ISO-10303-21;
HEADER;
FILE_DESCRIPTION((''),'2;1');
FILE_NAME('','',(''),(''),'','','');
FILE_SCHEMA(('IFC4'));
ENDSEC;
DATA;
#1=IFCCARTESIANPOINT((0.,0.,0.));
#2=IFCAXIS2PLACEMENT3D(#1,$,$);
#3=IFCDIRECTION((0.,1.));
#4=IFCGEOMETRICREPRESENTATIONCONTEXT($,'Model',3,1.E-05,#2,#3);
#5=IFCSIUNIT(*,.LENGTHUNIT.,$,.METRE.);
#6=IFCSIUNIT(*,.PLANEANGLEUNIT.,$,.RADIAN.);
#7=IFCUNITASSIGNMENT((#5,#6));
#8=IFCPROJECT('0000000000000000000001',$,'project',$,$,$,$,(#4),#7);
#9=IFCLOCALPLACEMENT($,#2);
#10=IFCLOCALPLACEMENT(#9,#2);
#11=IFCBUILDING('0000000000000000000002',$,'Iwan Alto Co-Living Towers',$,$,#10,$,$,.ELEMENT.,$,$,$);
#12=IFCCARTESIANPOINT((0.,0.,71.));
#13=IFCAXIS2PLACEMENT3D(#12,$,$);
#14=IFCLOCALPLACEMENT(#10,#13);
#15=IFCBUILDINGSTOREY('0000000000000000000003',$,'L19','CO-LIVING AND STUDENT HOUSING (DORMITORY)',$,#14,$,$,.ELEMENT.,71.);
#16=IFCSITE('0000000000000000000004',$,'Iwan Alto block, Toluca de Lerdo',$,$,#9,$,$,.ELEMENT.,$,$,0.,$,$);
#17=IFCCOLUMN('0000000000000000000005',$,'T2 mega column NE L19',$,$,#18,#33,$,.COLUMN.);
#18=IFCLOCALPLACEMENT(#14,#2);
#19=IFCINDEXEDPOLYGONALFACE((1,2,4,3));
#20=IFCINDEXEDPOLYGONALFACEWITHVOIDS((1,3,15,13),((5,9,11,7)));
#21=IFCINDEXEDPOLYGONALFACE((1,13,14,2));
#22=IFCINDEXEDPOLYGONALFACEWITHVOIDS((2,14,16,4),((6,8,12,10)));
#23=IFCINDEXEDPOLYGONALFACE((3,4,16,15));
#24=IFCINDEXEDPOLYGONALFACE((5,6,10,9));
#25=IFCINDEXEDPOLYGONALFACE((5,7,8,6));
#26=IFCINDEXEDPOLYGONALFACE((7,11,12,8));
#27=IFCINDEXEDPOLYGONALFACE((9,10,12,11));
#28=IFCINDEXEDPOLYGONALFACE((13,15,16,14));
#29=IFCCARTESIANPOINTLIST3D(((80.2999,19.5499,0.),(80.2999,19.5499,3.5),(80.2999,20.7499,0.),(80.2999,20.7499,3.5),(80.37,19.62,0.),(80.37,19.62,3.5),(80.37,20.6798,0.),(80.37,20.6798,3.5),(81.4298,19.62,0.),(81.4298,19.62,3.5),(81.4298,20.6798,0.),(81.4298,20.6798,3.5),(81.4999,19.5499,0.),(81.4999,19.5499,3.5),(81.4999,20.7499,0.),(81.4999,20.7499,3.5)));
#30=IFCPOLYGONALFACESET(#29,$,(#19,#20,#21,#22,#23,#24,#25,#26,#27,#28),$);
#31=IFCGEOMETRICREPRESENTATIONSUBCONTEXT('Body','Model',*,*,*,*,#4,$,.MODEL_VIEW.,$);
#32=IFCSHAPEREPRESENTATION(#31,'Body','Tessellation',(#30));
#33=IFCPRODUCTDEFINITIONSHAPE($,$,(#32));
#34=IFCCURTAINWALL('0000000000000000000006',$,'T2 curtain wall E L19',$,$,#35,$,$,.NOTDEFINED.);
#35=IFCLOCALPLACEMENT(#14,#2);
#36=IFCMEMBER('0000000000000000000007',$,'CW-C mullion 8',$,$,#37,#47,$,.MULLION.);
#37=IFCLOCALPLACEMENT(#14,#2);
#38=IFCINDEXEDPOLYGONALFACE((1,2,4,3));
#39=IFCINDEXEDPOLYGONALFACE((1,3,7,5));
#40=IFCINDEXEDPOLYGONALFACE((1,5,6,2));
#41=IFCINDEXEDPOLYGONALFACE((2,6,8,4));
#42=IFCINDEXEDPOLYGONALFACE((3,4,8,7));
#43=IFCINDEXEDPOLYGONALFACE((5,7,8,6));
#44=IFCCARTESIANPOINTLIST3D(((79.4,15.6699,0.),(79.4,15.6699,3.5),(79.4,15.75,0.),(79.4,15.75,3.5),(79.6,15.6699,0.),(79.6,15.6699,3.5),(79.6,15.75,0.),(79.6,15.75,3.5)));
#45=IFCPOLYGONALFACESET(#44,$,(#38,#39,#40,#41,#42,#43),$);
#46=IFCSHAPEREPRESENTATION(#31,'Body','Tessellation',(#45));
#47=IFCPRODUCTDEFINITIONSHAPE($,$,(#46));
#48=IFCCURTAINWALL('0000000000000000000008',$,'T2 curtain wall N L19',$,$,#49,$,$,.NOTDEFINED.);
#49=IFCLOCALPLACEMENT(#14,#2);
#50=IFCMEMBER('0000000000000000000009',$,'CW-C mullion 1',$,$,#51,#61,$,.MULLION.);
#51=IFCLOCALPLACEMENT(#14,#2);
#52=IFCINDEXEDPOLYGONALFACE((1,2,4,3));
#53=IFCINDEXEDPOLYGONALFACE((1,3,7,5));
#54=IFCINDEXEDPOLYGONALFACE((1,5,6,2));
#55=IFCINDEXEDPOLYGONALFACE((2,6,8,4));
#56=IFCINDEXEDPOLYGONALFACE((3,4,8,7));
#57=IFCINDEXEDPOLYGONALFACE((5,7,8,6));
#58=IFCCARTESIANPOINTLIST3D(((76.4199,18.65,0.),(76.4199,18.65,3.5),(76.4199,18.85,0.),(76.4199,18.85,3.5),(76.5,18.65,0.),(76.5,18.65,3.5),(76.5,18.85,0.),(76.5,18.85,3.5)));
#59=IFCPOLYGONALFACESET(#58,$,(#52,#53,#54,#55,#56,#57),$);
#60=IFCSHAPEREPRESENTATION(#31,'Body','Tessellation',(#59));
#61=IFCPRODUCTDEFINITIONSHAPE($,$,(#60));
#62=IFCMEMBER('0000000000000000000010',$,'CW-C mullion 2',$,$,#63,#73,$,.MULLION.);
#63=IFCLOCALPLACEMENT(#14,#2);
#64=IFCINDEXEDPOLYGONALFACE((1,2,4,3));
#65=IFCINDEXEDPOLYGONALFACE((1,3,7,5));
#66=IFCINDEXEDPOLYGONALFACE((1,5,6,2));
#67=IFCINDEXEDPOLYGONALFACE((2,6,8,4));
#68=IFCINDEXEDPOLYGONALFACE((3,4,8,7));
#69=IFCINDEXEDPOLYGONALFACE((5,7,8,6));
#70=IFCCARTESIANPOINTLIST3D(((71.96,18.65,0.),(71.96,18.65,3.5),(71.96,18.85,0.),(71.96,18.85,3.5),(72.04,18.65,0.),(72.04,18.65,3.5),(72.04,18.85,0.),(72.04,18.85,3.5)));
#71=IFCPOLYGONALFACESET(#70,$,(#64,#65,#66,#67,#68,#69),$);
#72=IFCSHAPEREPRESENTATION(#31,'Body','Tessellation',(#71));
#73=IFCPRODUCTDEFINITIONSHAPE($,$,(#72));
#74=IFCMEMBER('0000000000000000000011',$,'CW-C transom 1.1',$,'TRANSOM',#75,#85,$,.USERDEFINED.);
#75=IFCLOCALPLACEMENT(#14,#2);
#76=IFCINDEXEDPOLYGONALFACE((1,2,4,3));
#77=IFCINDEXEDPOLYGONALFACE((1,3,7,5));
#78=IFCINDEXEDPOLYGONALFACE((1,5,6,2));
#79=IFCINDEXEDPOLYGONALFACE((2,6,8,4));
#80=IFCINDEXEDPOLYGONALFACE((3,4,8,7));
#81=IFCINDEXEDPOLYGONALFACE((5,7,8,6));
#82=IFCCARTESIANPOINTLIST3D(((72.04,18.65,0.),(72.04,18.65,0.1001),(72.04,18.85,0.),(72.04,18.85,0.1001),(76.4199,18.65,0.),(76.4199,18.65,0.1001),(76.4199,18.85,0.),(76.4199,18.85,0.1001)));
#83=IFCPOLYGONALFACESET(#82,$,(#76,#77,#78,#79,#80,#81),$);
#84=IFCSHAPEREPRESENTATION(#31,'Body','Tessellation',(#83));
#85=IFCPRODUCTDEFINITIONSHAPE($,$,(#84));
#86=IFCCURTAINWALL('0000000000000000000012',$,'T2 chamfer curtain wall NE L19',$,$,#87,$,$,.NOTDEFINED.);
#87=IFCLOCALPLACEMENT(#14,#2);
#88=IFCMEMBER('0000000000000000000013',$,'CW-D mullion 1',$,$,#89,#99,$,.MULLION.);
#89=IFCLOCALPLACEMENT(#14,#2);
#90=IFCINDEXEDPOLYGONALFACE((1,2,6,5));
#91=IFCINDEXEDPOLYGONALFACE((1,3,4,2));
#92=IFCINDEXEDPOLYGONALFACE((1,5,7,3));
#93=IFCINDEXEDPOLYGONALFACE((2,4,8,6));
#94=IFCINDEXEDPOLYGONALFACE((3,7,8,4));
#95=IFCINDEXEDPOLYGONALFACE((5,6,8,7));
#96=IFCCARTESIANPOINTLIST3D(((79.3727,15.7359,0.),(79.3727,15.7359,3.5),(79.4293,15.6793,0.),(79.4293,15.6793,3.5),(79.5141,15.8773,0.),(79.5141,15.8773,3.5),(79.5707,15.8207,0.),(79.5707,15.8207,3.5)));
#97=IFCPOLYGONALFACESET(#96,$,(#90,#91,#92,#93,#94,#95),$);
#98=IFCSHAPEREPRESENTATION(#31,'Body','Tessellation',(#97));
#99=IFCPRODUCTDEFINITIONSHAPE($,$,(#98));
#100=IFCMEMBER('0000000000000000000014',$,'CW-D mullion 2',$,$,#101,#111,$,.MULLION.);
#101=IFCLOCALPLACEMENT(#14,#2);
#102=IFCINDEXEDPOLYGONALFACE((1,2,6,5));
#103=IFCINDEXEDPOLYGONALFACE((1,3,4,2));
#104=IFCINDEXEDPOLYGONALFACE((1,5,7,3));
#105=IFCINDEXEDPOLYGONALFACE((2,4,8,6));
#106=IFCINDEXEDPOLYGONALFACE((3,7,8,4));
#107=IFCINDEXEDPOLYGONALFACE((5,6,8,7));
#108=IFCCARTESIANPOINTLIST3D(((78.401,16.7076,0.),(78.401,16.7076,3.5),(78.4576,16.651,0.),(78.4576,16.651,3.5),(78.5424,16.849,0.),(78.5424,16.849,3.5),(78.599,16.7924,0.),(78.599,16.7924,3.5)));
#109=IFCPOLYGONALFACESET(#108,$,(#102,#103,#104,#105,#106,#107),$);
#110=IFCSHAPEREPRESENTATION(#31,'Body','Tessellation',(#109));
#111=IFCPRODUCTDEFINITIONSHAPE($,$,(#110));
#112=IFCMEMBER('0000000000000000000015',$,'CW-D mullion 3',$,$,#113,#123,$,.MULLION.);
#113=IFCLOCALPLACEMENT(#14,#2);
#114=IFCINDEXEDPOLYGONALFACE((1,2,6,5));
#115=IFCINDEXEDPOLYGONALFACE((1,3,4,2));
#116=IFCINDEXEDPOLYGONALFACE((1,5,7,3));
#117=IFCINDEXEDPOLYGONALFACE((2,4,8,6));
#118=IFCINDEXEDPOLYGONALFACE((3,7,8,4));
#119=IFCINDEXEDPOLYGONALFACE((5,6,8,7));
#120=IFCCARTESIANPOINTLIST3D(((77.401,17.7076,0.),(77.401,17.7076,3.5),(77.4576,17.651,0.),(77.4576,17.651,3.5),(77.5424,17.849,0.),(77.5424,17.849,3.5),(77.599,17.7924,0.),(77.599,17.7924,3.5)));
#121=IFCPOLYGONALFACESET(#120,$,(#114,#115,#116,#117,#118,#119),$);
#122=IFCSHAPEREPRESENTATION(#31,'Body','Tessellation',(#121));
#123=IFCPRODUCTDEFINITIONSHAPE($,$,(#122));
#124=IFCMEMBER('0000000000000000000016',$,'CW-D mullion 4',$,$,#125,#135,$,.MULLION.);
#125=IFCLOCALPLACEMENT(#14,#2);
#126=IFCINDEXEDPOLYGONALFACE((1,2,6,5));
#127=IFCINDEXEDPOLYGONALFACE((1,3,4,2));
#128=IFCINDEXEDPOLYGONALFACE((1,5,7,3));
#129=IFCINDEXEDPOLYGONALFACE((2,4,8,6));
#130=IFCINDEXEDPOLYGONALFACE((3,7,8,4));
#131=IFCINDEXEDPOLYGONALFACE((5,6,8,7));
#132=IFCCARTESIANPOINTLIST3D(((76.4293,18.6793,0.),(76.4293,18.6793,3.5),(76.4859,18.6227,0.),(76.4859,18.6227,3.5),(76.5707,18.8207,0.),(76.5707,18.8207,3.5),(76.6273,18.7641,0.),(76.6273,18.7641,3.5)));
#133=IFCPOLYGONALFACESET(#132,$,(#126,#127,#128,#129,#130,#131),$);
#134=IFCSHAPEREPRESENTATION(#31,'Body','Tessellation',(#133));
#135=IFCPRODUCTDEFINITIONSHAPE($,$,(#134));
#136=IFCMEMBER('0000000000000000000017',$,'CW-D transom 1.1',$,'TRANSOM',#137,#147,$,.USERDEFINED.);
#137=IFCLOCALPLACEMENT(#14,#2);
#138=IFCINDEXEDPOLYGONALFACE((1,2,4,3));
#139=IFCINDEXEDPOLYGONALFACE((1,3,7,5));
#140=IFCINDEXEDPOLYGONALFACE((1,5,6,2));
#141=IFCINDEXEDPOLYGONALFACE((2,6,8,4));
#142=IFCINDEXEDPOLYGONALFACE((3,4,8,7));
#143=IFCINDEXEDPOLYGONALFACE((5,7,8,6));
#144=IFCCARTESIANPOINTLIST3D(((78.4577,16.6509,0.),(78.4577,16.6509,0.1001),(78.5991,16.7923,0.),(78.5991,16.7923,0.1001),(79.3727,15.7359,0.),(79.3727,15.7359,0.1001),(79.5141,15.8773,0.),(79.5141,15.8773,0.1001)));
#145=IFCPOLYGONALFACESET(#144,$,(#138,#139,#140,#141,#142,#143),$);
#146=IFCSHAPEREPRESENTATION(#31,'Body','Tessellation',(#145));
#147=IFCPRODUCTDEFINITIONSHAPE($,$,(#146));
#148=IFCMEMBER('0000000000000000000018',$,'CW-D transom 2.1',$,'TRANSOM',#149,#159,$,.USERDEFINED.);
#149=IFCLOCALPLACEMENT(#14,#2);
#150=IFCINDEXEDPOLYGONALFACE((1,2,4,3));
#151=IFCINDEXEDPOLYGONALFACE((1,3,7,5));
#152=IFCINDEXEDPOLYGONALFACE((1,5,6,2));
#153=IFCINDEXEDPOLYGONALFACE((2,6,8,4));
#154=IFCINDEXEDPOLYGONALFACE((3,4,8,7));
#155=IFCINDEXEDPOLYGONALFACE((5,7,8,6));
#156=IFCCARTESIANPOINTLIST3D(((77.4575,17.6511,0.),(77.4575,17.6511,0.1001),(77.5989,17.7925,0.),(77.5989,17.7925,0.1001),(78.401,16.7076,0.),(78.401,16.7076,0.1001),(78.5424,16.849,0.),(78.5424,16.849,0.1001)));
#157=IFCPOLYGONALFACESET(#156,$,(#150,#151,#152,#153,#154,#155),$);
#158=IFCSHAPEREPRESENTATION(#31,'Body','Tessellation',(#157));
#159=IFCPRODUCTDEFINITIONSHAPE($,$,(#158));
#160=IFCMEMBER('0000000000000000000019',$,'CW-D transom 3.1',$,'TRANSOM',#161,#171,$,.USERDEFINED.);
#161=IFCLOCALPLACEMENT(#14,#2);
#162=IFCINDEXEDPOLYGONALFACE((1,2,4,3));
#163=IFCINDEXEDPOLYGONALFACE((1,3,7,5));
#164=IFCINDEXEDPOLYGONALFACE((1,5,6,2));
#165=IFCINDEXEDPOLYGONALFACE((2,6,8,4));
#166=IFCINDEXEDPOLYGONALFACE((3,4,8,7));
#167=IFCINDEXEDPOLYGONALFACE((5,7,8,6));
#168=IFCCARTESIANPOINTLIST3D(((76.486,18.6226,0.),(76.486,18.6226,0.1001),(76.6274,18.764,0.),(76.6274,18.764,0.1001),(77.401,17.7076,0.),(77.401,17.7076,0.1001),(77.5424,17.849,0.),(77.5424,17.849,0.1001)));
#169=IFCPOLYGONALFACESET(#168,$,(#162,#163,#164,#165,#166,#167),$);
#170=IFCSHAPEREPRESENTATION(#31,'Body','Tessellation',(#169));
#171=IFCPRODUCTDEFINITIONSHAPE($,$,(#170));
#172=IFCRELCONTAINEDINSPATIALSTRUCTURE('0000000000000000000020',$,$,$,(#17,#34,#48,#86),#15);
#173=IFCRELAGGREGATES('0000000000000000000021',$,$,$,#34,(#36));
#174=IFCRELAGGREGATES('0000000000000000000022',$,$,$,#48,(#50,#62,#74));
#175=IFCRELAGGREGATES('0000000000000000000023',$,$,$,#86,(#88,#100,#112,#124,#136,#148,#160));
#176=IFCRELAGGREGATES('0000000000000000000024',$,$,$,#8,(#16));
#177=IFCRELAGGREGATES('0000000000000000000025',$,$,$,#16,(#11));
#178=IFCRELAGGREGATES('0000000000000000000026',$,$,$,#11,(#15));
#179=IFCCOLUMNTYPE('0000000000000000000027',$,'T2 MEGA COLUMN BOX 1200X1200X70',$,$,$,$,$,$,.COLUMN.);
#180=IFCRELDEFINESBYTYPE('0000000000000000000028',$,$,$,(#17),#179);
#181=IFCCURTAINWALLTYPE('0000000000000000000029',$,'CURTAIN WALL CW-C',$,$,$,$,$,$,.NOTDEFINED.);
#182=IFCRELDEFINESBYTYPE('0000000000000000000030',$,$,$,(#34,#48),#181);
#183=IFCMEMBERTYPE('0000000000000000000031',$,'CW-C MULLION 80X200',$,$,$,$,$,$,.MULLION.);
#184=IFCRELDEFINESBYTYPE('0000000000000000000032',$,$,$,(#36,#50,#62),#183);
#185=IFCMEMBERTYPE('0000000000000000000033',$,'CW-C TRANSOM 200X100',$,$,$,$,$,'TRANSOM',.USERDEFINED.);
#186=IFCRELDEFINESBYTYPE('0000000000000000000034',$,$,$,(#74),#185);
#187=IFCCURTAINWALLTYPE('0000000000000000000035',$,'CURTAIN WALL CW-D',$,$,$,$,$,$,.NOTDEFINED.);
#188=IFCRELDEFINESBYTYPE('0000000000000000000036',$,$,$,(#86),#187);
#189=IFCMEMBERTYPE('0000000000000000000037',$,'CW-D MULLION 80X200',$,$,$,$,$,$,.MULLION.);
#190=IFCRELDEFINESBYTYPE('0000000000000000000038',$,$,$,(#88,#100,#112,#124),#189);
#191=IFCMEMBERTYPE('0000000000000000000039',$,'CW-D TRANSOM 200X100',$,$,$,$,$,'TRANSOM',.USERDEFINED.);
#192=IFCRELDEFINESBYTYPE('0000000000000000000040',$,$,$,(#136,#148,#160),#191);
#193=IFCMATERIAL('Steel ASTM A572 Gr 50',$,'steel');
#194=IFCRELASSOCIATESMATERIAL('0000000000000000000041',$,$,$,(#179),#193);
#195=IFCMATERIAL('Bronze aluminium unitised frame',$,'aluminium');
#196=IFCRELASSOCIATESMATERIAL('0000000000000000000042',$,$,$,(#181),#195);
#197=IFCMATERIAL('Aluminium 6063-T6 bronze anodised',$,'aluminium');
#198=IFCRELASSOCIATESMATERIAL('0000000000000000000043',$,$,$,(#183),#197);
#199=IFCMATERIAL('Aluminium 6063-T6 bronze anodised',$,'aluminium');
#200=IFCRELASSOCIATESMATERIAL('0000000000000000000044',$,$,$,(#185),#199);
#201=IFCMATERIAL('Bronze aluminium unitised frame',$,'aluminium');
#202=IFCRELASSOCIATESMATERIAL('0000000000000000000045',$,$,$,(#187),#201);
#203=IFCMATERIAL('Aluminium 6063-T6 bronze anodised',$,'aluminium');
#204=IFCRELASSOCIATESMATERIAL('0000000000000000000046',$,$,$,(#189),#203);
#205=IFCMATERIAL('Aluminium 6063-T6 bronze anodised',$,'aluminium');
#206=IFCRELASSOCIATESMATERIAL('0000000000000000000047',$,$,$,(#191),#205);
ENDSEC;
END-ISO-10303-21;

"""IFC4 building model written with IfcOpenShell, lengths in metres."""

from ifc_helpers import new_model, si_unit, direction, frame, origin, origin_2d, place, context, subcontext, project, spatial, rectangle, hollow_rectangle, extrude, material, material_profile, profile_set, type_object, element, aggregate, save


model = new_model("IFC4")

# Units and contexts
model_context = context("Model", 3, precision=1e-05, world=origin(), true_north=direction((0.0, 1.0)))
body_context = subcontext(model_context, "Body", "Model", "MODEL_VIEW")
ifc_project = project(units=[si_unit("LENGTHUNIT", "METRE"), si_unit("PLANEANGLEUNIT", "RADIAN")], contexts=[model_context])

# Site, building, storey
site_placement = place(None, origin())
site = spatial("IfcSite", under=ifc_project, at=site_placement, Name="Iwan Alto block, Toluca de Lerdo", CompositionType="ELEMENT", RefElevation=0.0)
building_placement = place(site_placement, origin())
building = spatial("IfcBuilding", under=site, at=building_placement, Name="Iwan Alto Co-Living Towers", CompositionType="ELEMENT")
storey_placement = place(building_placement, frame((0.0, 0.0, 71.0)))
storey = spatial("IfcBuildingStorey", under=building, at=storey_placement, Name="L19", Description="CO-LIVING AND STUDENT HOUSING (DORMITORY)", CompositionType="ELEMENT", Elevation=71.0)

# Column
ifc_material_1 = material(Name="Steel ASTM A572 Gr 50", Category="steel")
ifc_material_profile_1 = material_profile(ifc_material_1, hollow_rectangle(XDim=1.2, YDim=1.2, WallThickness=0.0701, at=origin_2d()), Name="BOX 1200X1200X70")
ifc_profile_set_1 = profile_set([ifc_material_profile_1], Name="Steel ASTM A572 Gr 50")
column_type = type_object("IfcColumnType", Name="T2 MEGA COLUMN BOX 1200X1200X70", PredefinedType="COLUMN", material=ifc_profile_set_1)
column_placement = place(storey_placement, frame((80.8999, 20.1499, 0.0), z_axis=(0.0, 0.0, 1.0), x_axis=(1.0, 0.0, 0.0)))
element("IfcColumn", 1, at=column_placement, inside=storey, type_object=column_type, Name="T2 mega column NE L19", PredefinedType="COLUMN", context=body_context, shape_type="SweptSolid", body=[
    extrude(hollow_rectangle(XDim=1.2, YDim=1.2, WallThickness=0.0701, at=origin_2d()), origin(), (0.0, 0.0, 1.0), 3.5),
])

# Curtain wall, member
ifc_material_2 = material(Name="Bronze aluminium unitised frame", Category="aluminium")
curtain_wall_type_1 = type_object("IfcCurtainWallType", Name="CURTAIN WALL CW-C", PredefinedType="NOTDEFINED", material=ifc_material_2)
curtain_wall_1_placement = place(storey_placement, origin())
curtain_wall_1 = element("IfcCurtainWall", 2, at=curtain_wall_1_placement, inside=storey, type_object=curtain_wall_type_1, Name="T2 curtain wall E L19", PredefinedType="NOTDEFINED")
ifc_material_3 = material(Name="Aluminium 6063-T6 bronze anodised", Category="aluminium")
ifc_material_profile_2 = material_profile(ifc_material_3, rectangle(XDim=0.2, YDim=0.0801, at=origin_2d()), Name="AL 80X200")
ifc_profile_set_2 = profile_set([ifc_material_profile_2], Name="Aluminium 6063-T6 bronze anodised")
member_type_1 = type_object("IfcMemberType", Name="CW-C MULLION 80X200", PredefinedType="MULLION", material=ifc_profile_set_2)
member_1_placement = place(storey_placement, frame((79.5, 15.71, 0.0), z_axis=(0.0, 0.0, 1.0), x_axis=(-1.0, 0.0, 0.0)))
member_1 = element("IfcMember", 3, at=member_1_placement, type_object=member_type_1, Name="CW-C mullion 8", PredefinedType="MULLION", context=body_context, shape_type="SweptSolid", body=[
    extrude(rectangle(XDim=0.2, YDim=0.0801, at=origin_2d()), origin(), (0.0, 0.0, 1.0), 3.5),
])

# Curtain walls, members
curtain_wall_2_placement = place(storey_placement, origin())
curtain_wall_2 = element("IfcCurtainWall", 4, at=curtain_wall_2_placement, inside=storey, type_object=curtain_wall_type_1, Name="T2 curtain wall N L19", PredefinedType="NOTDEFINED")
member_2_placement = place(storey_placement, frame((76.46, 18.75, 0.0), z_axis=(0.0, 0.0, 1.0), x_axis=(0.0, -1.0, 0.0)))
member_2 = element("IfcMember", 5, at=member_2_placement, type_object=member_type_1, Name="CW-C mullion 1", PredefinedType="MULLION", context=body_context, shape_type="SweptSolid", body=[
    extrude(rectangle(XDim=0.2, YDim=0.0801, at=origin_2d()), origin(), (0.0, 0.0, 1.0), 3.5),
])
member_3_placement = place(storey_placement, frame((72.0, 18.75, 0.0), z_axis=(0.0, 0.0, 1.0), x_axis=(0.0, -1.0, 0.0)))
member_3 = element("IfcMember", 6, at=member_3_placement, type_object=member_type_1, Name="CW-C mullion 2", PredefinedType="MULLION", context=body_context, shape_type="SweptSolid", body=[
    extrude(rectangle(XDim=0.2, YDim=0.0801, at=origin_2d()), origin(), (0.0, 0.0, 1.0), 3.5),
])
ifc_material_4 = material(Name="Aluminium 6063-T6 bronze anodised", Category="aluminium")
ifc_material_profile_3 = material_profile(ifc_material_4, rectangle(XDim=0.2, YDim=0.1001, at=origin_2d()), Name="AL 200X100")
ifc_profile_set_3 = profile_set([ifc_material_profile_3], Name="Aluminium 6063-T6 bronze anodised")
member_type_2 = type_object("IfcMemberType", Name="CW-C TRANSOM 200X100", ElementType="TRANSOM", PredefinedType="USERDEFINED", material=ifc_profile_set_3)
member_4_placement = place(storey_placement, frame((76.4199, 18.75, 0.05), z_axis=(-1.0, 0.0, 0.0), x_axis=(0.0, -1.0, 0.0)))
member_4 = element("IfcMember", 7, at=member_4_placement, type_object=member_type_2, Name="CW-C transom 1.1", ObjectType="TRANSOM", PredefinedType="USERDEFINED", context=body_context, shape_type="SweptSolid", body=[
    extrude(rectangle(XDim=0.2, YDim=0.1001, at=origin_2d()), origin(), (0.0, 0.0, 1.0), 4.3799),
])
ifc_material_5 = material(Name="Bronze aluminium unitised frame", Category="aluminium")
curtain_wall_type_2 = type_object("IfcCurtainWallType", Name="CURTAIN WALL CW-D", PredefinedType="NOTDEFINED", material=ifc_material_5)
curtain_wall_3_placement = place(storey_placement, origin())
curtain_wall_3 = element("IfcCurtainWall", 8, at=curtain_wall_3_placement, inside=storey, type_object=curtain_wall_type_2, Name="T2 chamfer curtain wall NE L19", PredefinedType="NOTDEFINED")
ifc_material_6 = material(Name="Aluminium 6063-T6 bronze anodised", Category="aluminium")
ifc_material_profile_4 = material_profile(ifc_material_6, rectangle(XDim=0.2, YDim=0.0801, at=origin_2d()), Name="AL 80X200")
ifc_profile_set_4 = profile_set([ifc_material_profile_4], Name="Aluminium 6063-T6 bronze anodised")
member_type_3 = type_object("IfcMemberType", Name="CW-D MULLION 80X200", PredefinedType="MULLION", material=ifc_profile_set_4)
member_5_placement = place(storey_placement, frame((79.4717, 15.7783, 0.0), z_axis=(0.0, 0.0, 1.0), x_axis=(-0.707107, -0.707107, 0.0)))
member_5 = element("IfcMember", 9, at=member_5_placement, type_object=member_type_3, Name="CW-D mullion 1", PredefinedType="MULLION", context=body_context, shape_type="SweptSolid", body=[
    extrude(rectangle(XDim=0.2, YDim=0.0801, at=origin_2d()), origin(), (0.0, 0.0, 1.0), 3.5),
])
member_6_placement = place(storey_placement, frame((78.5, 16.75, 0.0), z_axis=(0.0, 0.0, 1.0), x_axis=(-0.707107, -0.707107, 0.0)))
member_6 = element("IfcMember", 10, at=member_6_placement, type_object=member_type_3, Name="CW-D mullion 2", PredefinedType="MULLION", context=body_context, shape_type="SweptSolid", body=[
    extrude(rectangle(XDim=0.2, YDim=0.0801, at=origin_2d()), origin(), (0.0, 0.0, 1.0), 3.5),
])
member_7_placement = place(storey_placement, frame((77.5, 17.75, 0.0), z_axis=(0.0, 0.0, 1.0), x_axis=(-0.707107, -0.707107, 0.0)))
member_7 = element("IfcMember", 11, at=member_7_placement, type_object=member_type_3, Name="CW-D mullion 3", PredefinedType="MULLION", context=body_context, shape_type="SweptSolid", body=[
    extrude(rectangle(XDim=0.2, YDim=0.0801, at=origin_2d()), origin(), (0.0, 0.0, 1.0), 3.5),
])
member_8_placement = place(storey_placement, frame((76.5283, 18.7217, 0.0), z_axis=(0.0, 0.0, 1.0), x_axis=(-0.707107, -0.707107, 0.0)))
member_8 = element("IfcMember", 12, at=member_8_placement, type_object=member_type_3, Name="CW-D mullion 4", PredefinedType="MULLION", context=body_context, shape_type="SweptSolid", body=[
    extrude(rectangle(XDim=0.2, YDim=0.0801, at=origin_2d()), origin(), (0.0, 0.0, 1.0), 3.5),
])
ifc_material_7 = material(Name="Aluminium 6063-T6 bronze anodised", Category="aluminium")
ifc_material_profile_5 = material_profile(ifc_material_7, rectangle(XDim=0.2, YDim=0.1001, at=origin_2d()), Name="AL 200X100")
ifc_profile_set_5 = profile_set([ifc_material_profile_5], Name="Aluminium 6063-T6 bronze anodised")
member_type_4 = type_object("IfcMemberType", Name="CW-D TRANSOM 200X100", ElementType="TRANSOM", PredefinedType="USERDEFINED", material=ifc_profile_set_5)
member_9_placement = place(storey_placement, frame((79.4434, 15.8066, 0.05), z_axis=(-0.707107, 0.707107, 0.0), x_axis=(-0.707107, -0.707107, 0.0)))
member_9 = element("IfcMember", 13, at=member_9_placement, type_object=member_type_4, Name="CW-D transom 1.1", ObjectType="TRANSOM", PredefinedType="USERDEFINED", context=body_context, shape_type="SweptSolid", body=[
    extrude(rectangle(XDim=0.2, YDim=0.1001, at=origin_2d()), origin(), (0.0, 0.0, 1.0), 1.2939),
])
member_10_placement = place(storey_placement, frame((78.4717, 16.7783, 0.05), z_axis=(-0.707107, 0.707107, 0.0), x_axis=(-0.707107, -0.707107, 0.0)))
member_10 = element("IfcMember", 14, at=member_10_placement, type_object=member_type_4, Name="CW-D transom 2.1", ObjectType="TRANSOM", PredefinedType="USERDEFINED", context=body_context, shape_type="SweptSolid", body=[
    extrude(rectangle(XDim=0.2, YDim=0.1001, at=origin_2d()), origin(), (0.0, 0.0, 1.0), 1.3342),
])
member_11_placement = place(storey_placement, frame((77.4717, 17.7783, 0.05), z_axis=(-0.707107, 0.707107, 0.0), x_axis=(-0.707107, -0.707107, 0.0)))
member_11 = element("IfcMember", 15, at=member_11_placement, type_object=member_type_4, Name="CW-D transom 3.1", ObjectType="TRANSOM", PredefinedType="USERDEFINED", context=body_context, shape_type="SweptSolid", body=[
    extrude(rectangle(XDim=0.2, YDim=0.1001, at=origin_2d()), origin(), (0.0, 0.0, 1.0), 1.2939),
])

aggregate(curtain_wall_1, [member_1])
aggregate(curtain_wall_2, [member_2, member_3, member_4])
aggregate(curtain_wall_3, [member_5, member_6, member_7, member_8, member_9, member_10, member_11])

save(model, "model.ifc")
